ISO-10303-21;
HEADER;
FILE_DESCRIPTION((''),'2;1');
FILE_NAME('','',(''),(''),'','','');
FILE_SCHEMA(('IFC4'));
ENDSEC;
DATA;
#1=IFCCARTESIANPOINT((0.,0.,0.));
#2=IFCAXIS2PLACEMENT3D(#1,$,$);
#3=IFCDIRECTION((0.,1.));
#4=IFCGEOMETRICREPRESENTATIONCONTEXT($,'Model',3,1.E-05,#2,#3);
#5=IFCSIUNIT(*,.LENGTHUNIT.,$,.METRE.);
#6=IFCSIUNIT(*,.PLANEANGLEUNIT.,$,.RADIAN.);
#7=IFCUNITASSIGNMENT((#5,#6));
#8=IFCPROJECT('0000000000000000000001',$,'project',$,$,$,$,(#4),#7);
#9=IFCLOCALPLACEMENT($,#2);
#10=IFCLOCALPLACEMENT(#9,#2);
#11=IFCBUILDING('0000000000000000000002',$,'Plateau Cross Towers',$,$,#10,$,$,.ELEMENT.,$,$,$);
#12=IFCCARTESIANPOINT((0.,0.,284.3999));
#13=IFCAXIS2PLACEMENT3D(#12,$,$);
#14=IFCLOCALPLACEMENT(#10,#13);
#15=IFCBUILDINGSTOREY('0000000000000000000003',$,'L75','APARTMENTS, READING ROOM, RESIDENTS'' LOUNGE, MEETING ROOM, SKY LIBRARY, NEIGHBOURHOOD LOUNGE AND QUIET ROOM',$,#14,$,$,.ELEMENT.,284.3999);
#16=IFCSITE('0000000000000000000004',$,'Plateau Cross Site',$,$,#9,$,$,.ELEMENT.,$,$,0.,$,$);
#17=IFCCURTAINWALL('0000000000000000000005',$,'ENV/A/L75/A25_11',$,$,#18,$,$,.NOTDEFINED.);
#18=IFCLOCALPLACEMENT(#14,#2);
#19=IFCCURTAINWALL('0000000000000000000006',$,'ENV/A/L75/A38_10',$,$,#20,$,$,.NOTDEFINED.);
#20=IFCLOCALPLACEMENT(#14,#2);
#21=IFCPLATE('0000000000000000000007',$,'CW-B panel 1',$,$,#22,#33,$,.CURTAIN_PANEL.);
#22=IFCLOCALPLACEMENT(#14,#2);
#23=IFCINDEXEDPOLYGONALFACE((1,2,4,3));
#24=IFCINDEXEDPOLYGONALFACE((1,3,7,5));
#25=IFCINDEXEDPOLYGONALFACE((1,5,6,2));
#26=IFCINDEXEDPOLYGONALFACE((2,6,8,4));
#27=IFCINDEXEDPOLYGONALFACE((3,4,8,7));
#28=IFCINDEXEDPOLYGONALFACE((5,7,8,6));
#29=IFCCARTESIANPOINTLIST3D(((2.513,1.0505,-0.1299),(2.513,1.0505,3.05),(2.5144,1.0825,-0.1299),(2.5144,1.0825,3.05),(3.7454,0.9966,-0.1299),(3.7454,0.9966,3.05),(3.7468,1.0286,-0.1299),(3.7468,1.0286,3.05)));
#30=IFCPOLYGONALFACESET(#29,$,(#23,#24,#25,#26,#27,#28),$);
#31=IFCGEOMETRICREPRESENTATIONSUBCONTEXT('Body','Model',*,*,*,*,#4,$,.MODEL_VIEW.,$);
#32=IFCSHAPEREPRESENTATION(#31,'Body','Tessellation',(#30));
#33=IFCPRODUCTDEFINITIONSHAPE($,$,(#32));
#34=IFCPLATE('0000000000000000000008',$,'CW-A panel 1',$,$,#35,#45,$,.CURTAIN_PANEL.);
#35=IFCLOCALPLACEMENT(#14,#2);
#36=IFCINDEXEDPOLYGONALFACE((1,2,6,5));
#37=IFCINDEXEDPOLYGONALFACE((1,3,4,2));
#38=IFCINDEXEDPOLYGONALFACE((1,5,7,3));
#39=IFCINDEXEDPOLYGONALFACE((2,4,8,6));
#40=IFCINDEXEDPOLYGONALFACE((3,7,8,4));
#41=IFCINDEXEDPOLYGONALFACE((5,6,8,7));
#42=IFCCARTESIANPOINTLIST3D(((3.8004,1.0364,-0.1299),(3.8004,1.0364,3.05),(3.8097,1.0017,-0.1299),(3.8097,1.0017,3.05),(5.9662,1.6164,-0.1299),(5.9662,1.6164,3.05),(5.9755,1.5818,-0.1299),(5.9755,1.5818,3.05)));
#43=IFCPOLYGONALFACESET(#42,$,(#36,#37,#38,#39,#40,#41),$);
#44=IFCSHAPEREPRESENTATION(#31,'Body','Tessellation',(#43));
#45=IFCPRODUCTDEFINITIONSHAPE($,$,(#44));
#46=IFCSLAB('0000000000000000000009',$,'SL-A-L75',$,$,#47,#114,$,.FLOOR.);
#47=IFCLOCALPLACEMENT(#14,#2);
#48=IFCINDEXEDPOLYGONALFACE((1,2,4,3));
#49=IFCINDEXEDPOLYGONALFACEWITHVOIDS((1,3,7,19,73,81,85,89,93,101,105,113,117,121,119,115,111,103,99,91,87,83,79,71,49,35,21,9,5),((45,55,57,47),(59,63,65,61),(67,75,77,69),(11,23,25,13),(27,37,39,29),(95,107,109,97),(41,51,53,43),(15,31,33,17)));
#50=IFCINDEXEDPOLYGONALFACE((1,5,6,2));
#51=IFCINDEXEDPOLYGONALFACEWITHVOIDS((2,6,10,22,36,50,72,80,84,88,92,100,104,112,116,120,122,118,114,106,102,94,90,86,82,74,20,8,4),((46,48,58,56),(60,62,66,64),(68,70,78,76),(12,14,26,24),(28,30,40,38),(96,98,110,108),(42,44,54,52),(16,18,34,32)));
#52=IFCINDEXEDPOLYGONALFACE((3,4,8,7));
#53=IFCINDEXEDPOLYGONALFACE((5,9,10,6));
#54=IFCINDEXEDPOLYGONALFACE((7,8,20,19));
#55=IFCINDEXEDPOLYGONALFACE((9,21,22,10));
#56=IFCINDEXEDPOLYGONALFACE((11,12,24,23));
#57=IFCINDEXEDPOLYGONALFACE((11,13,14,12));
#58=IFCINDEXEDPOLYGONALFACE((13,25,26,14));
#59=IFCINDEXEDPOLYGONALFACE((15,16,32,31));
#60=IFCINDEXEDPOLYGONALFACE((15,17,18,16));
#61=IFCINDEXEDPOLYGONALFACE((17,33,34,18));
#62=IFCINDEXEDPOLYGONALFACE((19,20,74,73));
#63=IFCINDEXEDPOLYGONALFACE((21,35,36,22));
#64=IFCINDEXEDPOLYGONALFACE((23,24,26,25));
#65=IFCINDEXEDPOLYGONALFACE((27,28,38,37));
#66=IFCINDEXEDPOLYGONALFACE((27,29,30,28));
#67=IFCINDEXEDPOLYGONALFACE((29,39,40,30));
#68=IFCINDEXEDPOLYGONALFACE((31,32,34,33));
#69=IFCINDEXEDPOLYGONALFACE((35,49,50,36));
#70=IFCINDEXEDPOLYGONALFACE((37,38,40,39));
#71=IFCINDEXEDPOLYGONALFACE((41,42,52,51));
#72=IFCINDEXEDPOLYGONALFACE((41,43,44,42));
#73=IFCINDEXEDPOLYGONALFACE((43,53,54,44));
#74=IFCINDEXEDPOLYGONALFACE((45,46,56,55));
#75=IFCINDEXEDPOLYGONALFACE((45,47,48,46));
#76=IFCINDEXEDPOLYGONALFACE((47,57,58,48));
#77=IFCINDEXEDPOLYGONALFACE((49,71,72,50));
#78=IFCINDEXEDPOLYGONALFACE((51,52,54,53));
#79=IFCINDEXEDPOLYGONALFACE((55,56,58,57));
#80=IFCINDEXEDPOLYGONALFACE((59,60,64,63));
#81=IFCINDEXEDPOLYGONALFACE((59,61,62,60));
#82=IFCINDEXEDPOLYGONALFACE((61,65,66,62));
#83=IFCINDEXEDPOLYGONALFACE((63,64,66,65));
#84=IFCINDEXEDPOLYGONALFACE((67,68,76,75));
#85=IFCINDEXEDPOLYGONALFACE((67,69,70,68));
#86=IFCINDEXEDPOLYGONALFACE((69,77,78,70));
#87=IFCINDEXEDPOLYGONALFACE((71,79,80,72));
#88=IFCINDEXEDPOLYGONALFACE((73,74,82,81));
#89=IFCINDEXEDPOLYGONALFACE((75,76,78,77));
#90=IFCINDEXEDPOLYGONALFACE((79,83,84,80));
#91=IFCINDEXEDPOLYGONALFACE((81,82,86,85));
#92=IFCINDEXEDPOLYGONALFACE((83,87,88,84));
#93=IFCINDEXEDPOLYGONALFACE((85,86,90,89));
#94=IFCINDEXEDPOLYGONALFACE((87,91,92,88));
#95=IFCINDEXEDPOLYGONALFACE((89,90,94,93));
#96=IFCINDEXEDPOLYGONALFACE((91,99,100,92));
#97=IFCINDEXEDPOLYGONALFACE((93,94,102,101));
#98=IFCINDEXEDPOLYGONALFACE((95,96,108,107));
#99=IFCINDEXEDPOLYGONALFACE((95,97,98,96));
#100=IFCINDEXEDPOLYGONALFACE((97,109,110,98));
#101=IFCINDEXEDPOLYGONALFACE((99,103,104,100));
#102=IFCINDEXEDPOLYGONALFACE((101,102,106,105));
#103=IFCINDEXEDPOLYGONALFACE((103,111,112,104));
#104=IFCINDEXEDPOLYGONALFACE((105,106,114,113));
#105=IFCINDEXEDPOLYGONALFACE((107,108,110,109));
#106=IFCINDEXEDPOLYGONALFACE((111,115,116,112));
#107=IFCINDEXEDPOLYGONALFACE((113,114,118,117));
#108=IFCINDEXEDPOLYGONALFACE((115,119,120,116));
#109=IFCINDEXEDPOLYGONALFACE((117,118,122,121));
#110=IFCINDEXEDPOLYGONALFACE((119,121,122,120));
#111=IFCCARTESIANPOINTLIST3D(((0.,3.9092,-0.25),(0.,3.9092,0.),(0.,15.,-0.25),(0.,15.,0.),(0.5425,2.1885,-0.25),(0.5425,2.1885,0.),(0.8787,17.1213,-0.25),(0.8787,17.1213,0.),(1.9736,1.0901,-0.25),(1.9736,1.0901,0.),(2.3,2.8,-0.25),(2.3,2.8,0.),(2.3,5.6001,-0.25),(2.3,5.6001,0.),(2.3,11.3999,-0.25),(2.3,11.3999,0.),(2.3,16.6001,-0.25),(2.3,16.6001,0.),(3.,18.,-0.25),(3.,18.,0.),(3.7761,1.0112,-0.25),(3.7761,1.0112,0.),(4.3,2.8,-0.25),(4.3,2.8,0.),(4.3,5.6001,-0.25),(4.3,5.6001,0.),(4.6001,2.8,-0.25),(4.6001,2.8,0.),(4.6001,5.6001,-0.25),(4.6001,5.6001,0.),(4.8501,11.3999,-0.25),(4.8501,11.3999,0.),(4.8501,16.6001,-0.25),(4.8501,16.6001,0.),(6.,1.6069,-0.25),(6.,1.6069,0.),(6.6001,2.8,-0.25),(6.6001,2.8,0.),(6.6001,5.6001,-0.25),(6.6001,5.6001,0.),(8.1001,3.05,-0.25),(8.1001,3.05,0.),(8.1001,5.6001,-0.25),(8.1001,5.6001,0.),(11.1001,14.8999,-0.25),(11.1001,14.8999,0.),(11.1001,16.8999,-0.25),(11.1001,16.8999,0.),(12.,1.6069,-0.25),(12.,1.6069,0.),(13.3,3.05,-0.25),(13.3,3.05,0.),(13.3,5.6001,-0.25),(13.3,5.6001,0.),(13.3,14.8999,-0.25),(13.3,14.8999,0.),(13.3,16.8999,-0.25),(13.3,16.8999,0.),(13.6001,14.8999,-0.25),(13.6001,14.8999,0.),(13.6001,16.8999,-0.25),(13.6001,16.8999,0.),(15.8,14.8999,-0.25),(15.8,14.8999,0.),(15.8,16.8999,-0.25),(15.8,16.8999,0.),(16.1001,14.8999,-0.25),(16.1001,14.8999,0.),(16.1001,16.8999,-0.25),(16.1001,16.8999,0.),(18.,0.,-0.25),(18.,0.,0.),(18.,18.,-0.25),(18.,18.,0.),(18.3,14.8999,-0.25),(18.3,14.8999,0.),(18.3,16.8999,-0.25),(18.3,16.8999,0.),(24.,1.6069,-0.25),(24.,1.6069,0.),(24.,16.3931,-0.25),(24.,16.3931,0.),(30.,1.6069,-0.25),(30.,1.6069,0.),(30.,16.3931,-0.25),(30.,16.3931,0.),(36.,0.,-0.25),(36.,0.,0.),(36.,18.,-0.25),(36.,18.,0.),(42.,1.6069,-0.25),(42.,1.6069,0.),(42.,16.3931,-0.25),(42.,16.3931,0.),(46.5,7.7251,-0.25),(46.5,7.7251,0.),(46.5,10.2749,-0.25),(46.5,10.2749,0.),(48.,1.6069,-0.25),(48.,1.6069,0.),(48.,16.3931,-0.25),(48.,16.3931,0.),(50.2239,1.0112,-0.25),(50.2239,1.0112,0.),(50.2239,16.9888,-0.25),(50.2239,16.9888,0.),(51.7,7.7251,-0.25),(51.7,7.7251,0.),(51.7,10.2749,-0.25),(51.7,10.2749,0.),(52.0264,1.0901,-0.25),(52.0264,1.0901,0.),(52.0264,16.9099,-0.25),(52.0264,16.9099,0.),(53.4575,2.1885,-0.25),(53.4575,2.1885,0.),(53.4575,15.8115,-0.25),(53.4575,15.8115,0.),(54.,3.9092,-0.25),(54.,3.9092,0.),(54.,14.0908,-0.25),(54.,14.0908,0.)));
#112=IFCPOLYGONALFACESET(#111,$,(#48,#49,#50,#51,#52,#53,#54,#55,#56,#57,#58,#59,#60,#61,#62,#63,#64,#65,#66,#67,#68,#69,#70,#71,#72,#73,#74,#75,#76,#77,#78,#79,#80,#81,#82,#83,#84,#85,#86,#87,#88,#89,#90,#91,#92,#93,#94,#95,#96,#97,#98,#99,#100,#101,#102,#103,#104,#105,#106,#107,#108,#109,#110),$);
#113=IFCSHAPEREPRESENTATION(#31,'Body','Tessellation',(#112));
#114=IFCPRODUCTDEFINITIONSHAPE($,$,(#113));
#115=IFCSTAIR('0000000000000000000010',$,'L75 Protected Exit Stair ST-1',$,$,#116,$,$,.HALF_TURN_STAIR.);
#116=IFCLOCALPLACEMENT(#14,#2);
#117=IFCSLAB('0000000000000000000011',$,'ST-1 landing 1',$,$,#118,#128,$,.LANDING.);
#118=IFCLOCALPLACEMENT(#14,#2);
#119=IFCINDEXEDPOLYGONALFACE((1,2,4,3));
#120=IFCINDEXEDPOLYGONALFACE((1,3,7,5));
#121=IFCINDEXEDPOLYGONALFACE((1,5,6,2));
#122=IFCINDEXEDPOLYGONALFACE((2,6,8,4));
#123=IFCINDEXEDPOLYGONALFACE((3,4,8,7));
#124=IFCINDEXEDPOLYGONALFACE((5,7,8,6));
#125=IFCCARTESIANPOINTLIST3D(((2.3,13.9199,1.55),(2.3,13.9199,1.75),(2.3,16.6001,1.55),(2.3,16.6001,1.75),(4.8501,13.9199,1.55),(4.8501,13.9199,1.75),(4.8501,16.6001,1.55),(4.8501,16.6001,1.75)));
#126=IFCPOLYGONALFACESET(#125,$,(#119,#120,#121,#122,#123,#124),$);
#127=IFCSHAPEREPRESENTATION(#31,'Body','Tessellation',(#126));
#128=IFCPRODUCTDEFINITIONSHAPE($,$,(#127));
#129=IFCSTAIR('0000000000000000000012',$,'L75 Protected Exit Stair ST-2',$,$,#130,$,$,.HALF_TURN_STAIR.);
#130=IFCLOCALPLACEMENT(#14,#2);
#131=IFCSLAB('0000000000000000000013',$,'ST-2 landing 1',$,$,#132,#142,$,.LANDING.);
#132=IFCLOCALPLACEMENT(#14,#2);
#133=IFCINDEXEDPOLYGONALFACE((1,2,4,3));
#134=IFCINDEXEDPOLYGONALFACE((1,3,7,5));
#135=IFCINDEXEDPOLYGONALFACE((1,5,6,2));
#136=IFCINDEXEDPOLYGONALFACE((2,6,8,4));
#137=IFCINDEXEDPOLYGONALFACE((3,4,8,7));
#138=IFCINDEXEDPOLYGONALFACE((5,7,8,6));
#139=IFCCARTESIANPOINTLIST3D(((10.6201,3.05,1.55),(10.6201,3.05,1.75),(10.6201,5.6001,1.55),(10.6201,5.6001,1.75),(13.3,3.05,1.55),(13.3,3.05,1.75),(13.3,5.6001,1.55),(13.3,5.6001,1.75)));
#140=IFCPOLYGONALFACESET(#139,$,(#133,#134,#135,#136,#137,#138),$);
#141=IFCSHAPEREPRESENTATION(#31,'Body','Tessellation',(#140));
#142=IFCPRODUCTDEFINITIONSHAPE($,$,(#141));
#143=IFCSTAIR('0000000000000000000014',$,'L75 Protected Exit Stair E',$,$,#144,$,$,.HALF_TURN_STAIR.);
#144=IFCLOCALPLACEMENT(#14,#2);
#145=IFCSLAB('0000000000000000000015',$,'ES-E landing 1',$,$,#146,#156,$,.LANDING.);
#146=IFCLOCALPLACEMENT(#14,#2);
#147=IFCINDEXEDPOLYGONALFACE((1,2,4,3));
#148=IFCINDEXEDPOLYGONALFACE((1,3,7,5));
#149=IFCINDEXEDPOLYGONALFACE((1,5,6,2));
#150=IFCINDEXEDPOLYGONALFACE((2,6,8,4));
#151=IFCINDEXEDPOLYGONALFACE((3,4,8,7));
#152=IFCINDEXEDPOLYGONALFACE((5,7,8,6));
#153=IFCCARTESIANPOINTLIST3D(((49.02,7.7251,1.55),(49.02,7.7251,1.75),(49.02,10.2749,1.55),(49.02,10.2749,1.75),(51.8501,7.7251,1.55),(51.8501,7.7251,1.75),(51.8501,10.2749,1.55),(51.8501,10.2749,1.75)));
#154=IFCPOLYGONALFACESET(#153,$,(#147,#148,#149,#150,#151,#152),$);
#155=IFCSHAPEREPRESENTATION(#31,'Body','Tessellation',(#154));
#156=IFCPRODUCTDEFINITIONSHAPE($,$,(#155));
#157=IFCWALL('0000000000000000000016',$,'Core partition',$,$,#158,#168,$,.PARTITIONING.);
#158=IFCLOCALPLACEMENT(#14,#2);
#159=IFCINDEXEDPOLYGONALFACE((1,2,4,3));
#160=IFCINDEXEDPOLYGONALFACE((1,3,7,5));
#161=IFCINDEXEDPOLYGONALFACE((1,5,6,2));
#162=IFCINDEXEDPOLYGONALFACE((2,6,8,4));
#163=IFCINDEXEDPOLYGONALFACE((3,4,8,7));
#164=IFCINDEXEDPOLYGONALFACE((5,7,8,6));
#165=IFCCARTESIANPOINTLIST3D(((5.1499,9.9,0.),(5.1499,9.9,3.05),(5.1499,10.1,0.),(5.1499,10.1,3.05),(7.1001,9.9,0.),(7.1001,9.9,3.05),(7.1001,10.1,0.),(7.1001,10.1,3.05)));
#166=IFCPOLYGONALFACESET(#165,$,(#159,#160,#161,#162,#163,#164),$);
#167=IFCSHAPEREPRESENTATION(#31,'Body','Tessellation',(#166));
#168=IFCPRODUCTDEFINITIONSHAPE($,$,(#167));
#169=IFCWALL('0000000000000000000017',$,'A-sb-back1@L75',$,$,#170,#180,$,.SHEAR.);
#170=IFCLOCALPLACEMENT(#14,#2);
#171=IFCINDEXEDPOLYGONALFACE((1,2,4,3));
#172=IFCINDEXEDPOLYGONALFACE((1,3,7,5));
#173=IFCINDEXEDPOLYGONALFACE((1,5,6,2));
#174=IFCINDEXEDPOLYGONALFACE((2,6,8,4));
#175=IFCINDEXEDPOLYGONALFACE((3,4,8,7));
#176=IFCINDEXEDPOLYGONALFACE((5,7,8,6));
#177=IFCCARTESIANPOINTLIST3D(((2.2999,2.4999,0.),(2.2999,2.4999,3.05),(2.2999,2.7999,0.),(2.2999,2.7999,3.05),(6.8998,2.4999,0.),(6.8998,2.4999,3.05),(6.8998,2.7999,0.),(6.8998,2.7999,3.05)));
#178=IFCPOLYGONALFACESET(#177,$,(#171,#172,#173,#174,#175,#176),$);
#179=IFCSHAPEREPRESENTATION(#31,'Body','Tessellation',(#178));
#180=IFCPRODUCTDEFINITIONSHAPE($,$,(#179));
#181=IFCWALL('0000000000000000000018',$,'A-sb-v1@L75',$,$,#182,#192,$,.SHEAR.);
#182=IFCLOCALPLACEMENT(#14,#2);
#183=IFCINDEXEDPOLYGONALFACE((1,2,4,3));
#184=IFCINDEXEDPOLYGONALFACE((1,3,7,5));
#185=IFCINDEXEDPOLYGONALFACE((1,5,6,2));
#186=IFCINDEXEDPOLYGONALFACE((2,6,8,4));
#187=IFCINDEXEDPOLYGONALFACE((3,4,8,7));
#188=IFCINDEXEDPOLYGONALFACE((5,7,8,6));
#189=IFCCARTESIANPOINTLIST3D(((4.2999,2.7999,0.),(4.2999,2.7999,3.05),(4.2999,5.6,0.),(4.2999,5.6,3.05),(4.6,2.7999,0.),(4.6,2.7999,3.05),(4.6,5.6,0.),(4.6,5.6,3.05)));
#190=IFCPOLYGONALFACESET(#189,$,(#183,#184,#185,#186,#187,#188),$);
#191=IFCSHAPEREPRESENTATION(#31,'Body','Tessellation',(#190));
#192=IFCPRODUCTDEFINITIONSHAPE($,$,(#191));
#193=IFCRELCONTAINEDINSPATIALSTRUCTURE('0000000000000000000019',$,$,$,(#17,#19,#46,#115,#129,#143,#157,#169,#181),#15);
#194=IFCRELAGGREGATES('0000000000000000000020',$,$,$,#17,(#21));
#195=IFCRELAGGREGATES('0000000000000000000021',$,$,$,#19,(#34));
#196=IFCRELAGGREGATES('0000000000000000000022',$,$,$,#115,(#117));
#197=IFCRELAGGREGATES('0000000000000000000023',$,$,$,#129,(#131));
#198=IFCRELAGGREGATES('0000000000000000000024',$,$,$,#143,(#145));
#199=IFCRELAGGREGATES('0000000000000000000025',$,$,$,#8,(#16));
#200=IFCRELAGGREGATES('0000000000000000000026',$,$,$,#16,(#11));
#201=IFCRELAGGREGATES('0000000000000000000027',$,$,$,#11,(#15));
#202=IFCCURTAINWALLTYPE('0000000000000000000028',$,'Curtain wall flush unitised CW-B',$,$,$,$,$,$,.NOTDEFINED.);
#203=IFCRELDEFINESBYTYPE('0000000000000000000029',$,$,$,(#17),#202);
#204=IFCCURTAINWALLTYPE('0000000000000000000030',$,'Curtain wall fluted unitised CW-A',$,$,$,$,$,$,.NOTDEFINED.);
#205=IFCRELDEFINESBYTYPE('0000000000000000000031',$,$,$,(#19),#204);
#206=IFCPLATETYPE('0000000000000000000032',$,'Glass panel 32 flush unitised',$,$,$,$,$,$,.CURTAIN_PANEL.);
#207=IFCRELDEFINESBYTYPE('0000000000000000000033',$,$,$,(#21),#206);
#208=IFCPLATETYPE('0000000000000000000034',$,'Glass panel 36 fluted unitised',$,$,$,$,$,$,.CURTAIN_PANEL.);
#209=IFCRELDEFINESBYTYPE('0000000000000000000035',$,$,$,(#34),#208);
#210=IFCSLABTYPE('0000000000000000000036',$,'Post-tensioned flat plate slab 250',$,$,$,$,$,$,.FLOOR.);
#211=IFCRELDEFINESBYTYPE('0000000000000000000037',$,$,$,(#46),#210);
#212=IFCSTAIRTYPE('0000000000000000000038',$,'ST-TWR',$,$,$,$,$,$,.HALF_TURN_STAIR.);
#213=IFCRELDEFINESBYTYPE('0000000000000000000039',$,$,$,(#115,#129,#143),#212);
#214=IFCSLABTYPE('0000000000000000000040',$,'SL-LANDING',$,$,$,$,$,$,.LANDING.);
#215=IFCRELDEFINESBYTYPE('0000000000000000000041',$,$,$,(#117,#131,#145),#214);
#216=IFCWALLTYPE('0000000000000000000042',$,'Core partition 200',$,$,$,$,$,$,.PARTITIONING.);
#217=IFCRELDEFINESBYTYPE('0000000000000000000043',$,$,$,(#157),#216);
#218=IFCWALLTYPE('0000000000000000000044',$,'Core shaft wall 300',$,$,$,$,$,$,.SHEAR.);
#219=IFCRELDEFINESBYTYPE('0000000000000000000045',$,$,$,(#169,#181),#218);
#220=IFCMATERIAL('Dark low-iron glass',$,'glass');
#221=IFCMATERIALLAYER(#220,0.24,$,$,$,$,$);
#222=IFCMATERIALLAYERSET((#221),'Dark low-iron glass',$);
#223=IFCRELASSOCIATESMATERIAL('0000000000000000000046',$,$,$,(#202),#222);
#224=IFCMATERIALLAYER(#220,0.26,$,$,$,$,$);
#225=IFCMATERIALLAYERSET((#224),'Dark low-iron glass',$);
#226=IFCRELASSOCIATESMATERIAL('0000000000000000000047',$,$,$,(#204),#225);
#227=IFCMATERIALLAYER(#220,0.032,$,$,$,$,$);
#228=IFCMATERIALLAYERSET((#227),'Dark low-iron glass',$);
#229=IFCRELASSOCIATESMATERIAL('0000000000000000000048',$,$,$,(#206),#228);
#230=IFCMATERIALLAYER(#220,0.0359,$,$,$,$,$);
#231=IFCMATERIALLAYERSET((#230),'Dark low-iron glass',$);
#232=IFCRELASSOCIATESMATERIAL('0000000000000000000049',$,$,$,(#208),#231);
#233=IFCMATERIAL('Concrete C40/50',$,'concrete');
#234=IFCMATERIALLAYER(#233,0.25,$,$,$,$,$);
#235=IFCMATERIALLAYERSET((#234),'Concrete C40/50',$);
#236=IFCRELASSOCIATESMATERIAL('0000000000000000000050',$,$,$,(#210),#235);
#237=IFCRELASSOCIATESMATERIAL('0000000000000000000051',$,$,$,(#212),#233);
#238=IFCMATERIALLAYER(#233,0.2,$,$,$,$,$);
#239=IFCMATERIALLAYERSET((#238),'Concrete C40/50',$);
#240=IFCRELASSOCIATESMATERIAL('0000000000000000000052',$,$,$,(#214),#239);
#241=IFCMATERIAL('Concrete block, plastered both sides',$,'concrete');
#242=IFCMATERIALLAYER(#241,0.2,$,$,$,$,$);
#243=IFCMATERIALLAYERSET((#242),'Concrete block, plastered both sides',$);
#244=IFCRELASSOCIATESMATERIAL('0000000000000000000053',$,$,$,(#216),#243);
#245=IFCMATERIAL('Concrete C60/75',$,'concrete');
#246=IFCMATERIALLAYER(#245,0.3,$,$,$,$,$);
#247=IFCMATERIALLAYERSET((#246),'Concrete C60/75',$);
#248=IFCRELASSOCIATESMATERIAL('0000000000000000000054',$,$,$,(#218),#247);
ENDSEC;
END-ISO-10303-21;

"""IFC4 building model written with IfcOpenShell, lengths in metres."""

from ifc_helpers import new_model, si_unit, direction, frame, frame_2d, origin, origin_2d, place, context, subcontext, project, spatial, polyline, rectangle, outline, extrude, material, layer, layer_set, type_object, element, aggregate, save


model = new_model("IFC4")

# Units and contexts
model_context = context("Model", 3, precision=1e-05, world=origin(), true_north=direction((0.0, 1.0)))
body_context = subcontext(model_context, "Body", "Model", "MODEL_VIEW")
ifc_project = project(units=[si_unit("LENGTHUNIT", "METRE"), si_unit("PLANEANGLEUNIT", "RADIAN")], contexts=[model_context])

# Site, building, storey
site_placement = place(None, origin())
site = spatial("IfcSite", under=ifc_project, at=site_placement, Name="Plateau Cross Site", CompositionType="ELEMENT", RefElevation=0.0)
building_placement = place(site_placement, origin())
building = spatial("IfcBuilding", under=site, at=building_placement, Name="Plateau Cross Towers", CompositionType="ELEMENT")
storey_placement = place(building_placement, frame((0.0, 0.0, 284.3999)))
storey = spatial("IfcBuildingStorey", under=building, at=storey_placement, Name="L75", Description="APARTMENTS, READING ROOM, RESIDENTS' LOUNGE, MEETING ROOM, SKY LIBRARY, NEIGHBOURHOOD LOUNGE AND QUIET ROOM", CompositionType="ELEMENT", Elevation=284.3999)

# Shared definitions
ifc_material_1 = material(Name="Concrete C60/75", Category="concrete")

# Shared definitions
ifc_material_2 = material(Name="Dark low-iron glass", Category="glass")
ifc_layer_1 = layer(ifc_material_2, 0.24)
ifc_layer_set_1 = layer_set([ifc_layer_1], Name="Dark low-iron glass")
curtain_wall_type_1 = type_object("IfcCurtainWallType", Name="Curtain wall flush unitised CW-B", PredefinedType="NOTDEFINED", material=ifc_layer_set_1)

# Curtain walls
curtain_wall_1_placement = place(storey_placement, origin())
curtain_wall_1 = element("IfcCurtainWall", 1, at=curtain_wall_1_placement, inside=storey, type_object=curtain_wall_type_1, Name="ENV/A/L75/A25_11", PredefinedType="NOTDEFINED")
ifc_layer_2 = layer(ifc_material_2, 0.26)
ifc_layer_set_2 = layer_set([ifc_layer_2], Name="Dark low-iron glass")
curtain_wall_type_2 = type_object("IfcCurtainWallType", Name="Curtain wall fluted unitised CW-A", PredefinedType="NOTDEFINED", material=ifc_layer_set_2)
curtain_wall_2_placement = place(storey_placement, origin())
curtain_wall_2 = element("IfcCurtainWall", 2, at=curtain_wall_2_placement, inside=storey, type_object=curtain_wall_type_2, Name="ENV/A/L75/A38_10", PredefinedType="NOTDEFINED")

# Plates
ifc_layer_3 = layer(ifc_material_2, 0.032)
ifc_layer_set_3 = layer_set([ifc_layer_3], Name="Dark low-iron glass")
plate_type_1 = type_object("IfcPlateType", Name="Glass panel 32 flush unitised", PredefinedType="CURTAIN_PANEL", material=ifc_layer_set_3)
plate_1_placement = place(storey_placement, frame((3.1299, 1.0396, -0.1299), z_axis=(0.0, 0.0, 1.0), x_axis=(0.999044, -0.043723, 0.0)))
plate_1 = element("IfcPlate", 3, at=plate_1_placement, type_object=plate_type_1, Name="CW-B panel 1", PredefinedType="CURTAIN_PANEL", context=body_context, shape_type="SweptSolid", body=[
    extrude(rectangle(XDim=1.2336, YDim=0.032, at=origin_2d()), origin(), (0.0, 0.0, 1.0), 3.1799),
])
aggregate(curtain_wall_1, [plate_1])
ifc_layer_4 = layer(ifc_material_2, 0.0359)
ifc_layer_set_4 = layer_set([ifc_layer_4], Name="Dark low-iron glass")
plate_type_2 = type_object("IfcPlateType", Name="Glass panel 36 fluted unitised", PredefinedType="CURTAIN_PANEL", material=ifc_layer_set_4)
plate_2_placement = place(storey_placement, frame((4.8879, 1.3091, -0.1299), z_axis=(0.0, 0.0, 1.0), x_axis=(0.965958, 0.258699, 0.0)))
plate_2 = element("IfcPlate", 4, at=plate_2_placement, type_object=plate_type_2, Name="CW-A panel 1", PredefinedType="CURTAIN_PANEL", context=body_context, shape_type="SweptSolid", body=[
    extrude(rectangle(XDim=2.2422, YDim=0.0359, at=origin_2d()), origin(), (0.0, 0.0, 1.0), 3.1799),
])
aggregate(curtain_wall_2, [plate_2])

# Slab
ifc_material_3 = material(Name="Concrete C40/50", Category="concrete")
ifc_layer_5 = layer(ifc_material_3, 0.25)
ifc_layer_set_5 = layer_set([ifc_layer_5], Name="Concrete C40/50")
slab_type_1 = type_object("IfcSlabType", Name="Post-tensioned flat plate slab 250", PredefinedType="FLOOR", material=ifc_layer_set_5)
slab_1_placement = place(storey_placement, frame((0.0, 0.0, -0.25)))
element("IfcSlab", 5, at=slab_1_placement, inside=storey, type_object=slab_type_1, Name="SL-A-L75", PredefinedType="FLOOR", context=body_context, shape_type="SweptSolid", body=[
    extrude(outline(polyline([(1.9736, 1.0901), (0.5425, 2.1885), (0.0, 3.9092), (0.0, 15.0), (0.8787, 17.1213), (3.0, 18.0), (18.0, 18.0), (24.0, 16.3931), (30.0, 16.3931), (36.0, 18.0), (42.0, 16.3931), (48.0, 16.3931), (50.2239, 16.9888), (52.0264, 16.9099), (53.4575, 15.8115), (54.0, 14.0908), (54.0, 3.9092), (53.4575, 2.1885), (52.0264, 1.0901), (50.2239, 1.0112), (48.0, 1.6069), (42.0, 1.6069), (36.0, 0.0), (30.0, 1.6069), (24.0, 1.6069), (18.0, 0.0), (12.0, 1.6069), (6.0, 1.6069), (3.7761, 1.0112), (1.9736, 1.0901)]), holes=[polyline([(4.3, 5.6001), (2.3, 5.6001), (2.3, 2.8), (4.3, 2.8), (4.3, 5.6001)]), polyline([(6.6001, 5.6001), (4.6001, 5.6001), (4.6001, 2.8), (6.6001, 2.8), (6.6001, 5.6001)]), polyline([(13.3, 5.6001), (8.1001, 5.6001), (8.1001, 3.05), (13.3, 3.05), (13.3, 5.6001)]), polyline([(51.7, 10.2749), (46.5, 10.2749), (46.5, 7.7251), (51.7, 7.7251), (51.7, 10.2749)]), polyline([(2.3, 16.6001), (2.3, 11.3999), (4.8501, 11.3999), (4.8501, 16.6001), (2.3, 16.6001)]), polyline([(13.3, 16.8999), (11.1001, 16.8999), (11.1001, 14.8999), (13.3, 14.8999), (13.3, 16.8999)]), polyline([(15.8, 16.8999), (13.6001, 16.8999), (13.6001, 14.8999), (15.8, 14.8999), (15.8, 16.8999)]), polyline([(18.3, 16.8999), (16.1001, 16.8999), (16.1001, 14.8999), (18.3, 14.8999), (18.3, 16.8999)])]), origin(), (0.0, 0.0, 1.0), 0.25),
])

# Stairs, slabs
stair_type = type_object("IfcStairType", Name="ST-TWR", PredefinedType="HALF_TURN_STAIR", material=ifc_material_3)
stair_1_placement = place(storey_placement, origin())
stair_1 = element("IfcStair", 6, at=stair_1_placement, inside=storey, type_object=stair_type, Name="L75 Protected Exit Stair ST-1", PredefinedType="HALF_TURN_STAIR")
ifc_layer_6 = layer(ifc_material_3, 0.2)
ifc_layer_set_6 = layer_set([ifc_layer_6], Name="Concrete C40/50")
slab_type_2 = type_object("IfcSlabType", Name="SL-LANDING", PredefinedType="LANDING", material=ifc_layer_set_6)
slab_2_placement = place(storey_placement, frame((0.0, 0.0, 1.55)))
slab_2 = element("IfcSlab", 7, at=slab_2_placement, type_object=slab_type_2, Name="ST-1 landing 1", PredefinedType="LANDING", context=body_context, shape_type="SweptSolid", body=[
    extrude(outline(polyline([(4.8501, 13.9199), (4.8501, 16.6001), (2.3, 16.6001), (2.3, 13.9199), (4.8501, 13.9199)])), origin(), (0.0, 0.0, 1.0), 0.2),
])
aggregate(stair_1, [slab_2])
stair_2_placement = place(storey_placement, origin())
stair_2 = element("IfcStair", 8, at=stair_2_placement, inside=storey, type_object=stair_type, Name="L75 Protected Exit Stair ST-2", PredefinedType="HALF_TURN_STAIR")
slab_3_placement = place(storey_placement, frame((0.0, 0.0, 1.55)))
slab_3 = element("IfcSlab", 9, at=slab_3_placement, type_object=slab_type_2, Name="ST-2 landing 1", PredefinedType="LANDING", context=body_context, shape_type="SweptSolid", body=[
    extrude(outline(polyline([(10.6201, 3.05), (13.3, 3.05), (13.3, 5.6001), (10.6201, 5.6001), (10.6201, 3.05)])), origin(), (0.0, 0.0, 1.0), 0.2),
])
aggregate(stair_2, [slab_3])
stair_3_placement = place(storey_placement, origin())
stair_3 = element("IfcStair", 10, at=stair_3_placement, inside=storey, type_object=stair_type, Name="L75 Protected Exit Stair E", PredefinedType="HALF_TURN_STAIR")
slab_4_placement = place(storey_placement, frame((0.0, 0.0, 1.55)))
slab_4 = element("IfcSlab", 11, at=slab_4_placement, type_object=slab_type_2, Name="ES-E landing 1", PredefinedType="LANDING", context=body_context, shape_type="SweptSolid", body=[
    extrude(outline(polyline([(49.02, 7.7251), (51.8501, 7.7251), (51.8501, 10.2749), (49.02, 10.2749), (49.02, 7.7251)])), origin(), (0.0, 0.0, 1.0), 0.2),
])
aggregate(stair_3, [slab_4])

# Walls
ifc_material_4 = material(Name="Concrete block, plastered both sides", Category="concrete")
ifc_layer_7 = layer(ifc_material_4, 0.2)
ifc_layer_set_7 = layer_set([ifc_layer_7], Name="Concrete block, plastered both sides")
wall_type_1 = type_object("IfcWallType", Name="Core partition 200", PredefinedType="PARTITIONING", material=ifc_layer_set_7)
wall_1_placement = place(storey_placement, frame((5.1499, 10.0, 0.0), z_axis=(0.0, 0.0, 1.0), x_axis=(1.0, 0.0, 0.0)))
element("IfcWall", 12, at=wall_1_placement, inside=storey, type_object=wall_type_1, Name="Core partition", PredefinedType="PARTITIONING", context=body_context, shape_type="SweptSolid", body=[
    extrude(rectangle(XDim=1.9502, YDim=0.2, at=frame_2d((0.9751, 0.0))), origin(), (0.0, 0.0, 1.0), 3.05),
])
ifc_layer_8 = layer(ifc_material_1, 0.3)
ifc_layer_set_8 = layer_set([ifc_layer_8], Name="Concrete C60/75")
wall_type_2 = type_object("IfcWallType", Name="Core shaft wall 300", PredefinedType="SHEAR", material=ifc_layer_set_8)
wall_2_placement = place(storey_placement, frame((2.3, 2.6499, 0.0), z_axis=(0.0, 0.0, 1.0), x_axis=(1.0, 0.0, 0.0)))
element("IfcWall", 13, at=wall_2_placement, inside=storey, type_object=wall_type_2, Name="A-sb-back1@L75", PredefinedType="SHEAR", context=body_context, shape_type="SweptSolid", body=[
    extrude(rectangle(XDim=4.5999, YDim=0.3, at=frame_2d((2.2998, 0.0))), origin(), (0.0, 0.0, 1.0), 3.05),
])
wall_3_placement = place(storey_placement, frame((4.45, 2.8, 0.0), z_axis=(0.0, 0.0, 1.0), x_axis=(0.0, 1.0, 0.0)))
element("IfcWall", 14, at=wall_3_placement, inside=storey, type_object=wall_type_2, Name="A-sb-v1@L75", PredefinedType="SHEAR", context=body_context, shape_type="SweptSolid", body=[
    extrude(rectangle(XDim=2.8, YDim=0.3, at=frame_2d((1.3999, 0.0))), origin(), (0.0, 0.0, 1.0), 3.05),
])

save(model, "model.ifc")
